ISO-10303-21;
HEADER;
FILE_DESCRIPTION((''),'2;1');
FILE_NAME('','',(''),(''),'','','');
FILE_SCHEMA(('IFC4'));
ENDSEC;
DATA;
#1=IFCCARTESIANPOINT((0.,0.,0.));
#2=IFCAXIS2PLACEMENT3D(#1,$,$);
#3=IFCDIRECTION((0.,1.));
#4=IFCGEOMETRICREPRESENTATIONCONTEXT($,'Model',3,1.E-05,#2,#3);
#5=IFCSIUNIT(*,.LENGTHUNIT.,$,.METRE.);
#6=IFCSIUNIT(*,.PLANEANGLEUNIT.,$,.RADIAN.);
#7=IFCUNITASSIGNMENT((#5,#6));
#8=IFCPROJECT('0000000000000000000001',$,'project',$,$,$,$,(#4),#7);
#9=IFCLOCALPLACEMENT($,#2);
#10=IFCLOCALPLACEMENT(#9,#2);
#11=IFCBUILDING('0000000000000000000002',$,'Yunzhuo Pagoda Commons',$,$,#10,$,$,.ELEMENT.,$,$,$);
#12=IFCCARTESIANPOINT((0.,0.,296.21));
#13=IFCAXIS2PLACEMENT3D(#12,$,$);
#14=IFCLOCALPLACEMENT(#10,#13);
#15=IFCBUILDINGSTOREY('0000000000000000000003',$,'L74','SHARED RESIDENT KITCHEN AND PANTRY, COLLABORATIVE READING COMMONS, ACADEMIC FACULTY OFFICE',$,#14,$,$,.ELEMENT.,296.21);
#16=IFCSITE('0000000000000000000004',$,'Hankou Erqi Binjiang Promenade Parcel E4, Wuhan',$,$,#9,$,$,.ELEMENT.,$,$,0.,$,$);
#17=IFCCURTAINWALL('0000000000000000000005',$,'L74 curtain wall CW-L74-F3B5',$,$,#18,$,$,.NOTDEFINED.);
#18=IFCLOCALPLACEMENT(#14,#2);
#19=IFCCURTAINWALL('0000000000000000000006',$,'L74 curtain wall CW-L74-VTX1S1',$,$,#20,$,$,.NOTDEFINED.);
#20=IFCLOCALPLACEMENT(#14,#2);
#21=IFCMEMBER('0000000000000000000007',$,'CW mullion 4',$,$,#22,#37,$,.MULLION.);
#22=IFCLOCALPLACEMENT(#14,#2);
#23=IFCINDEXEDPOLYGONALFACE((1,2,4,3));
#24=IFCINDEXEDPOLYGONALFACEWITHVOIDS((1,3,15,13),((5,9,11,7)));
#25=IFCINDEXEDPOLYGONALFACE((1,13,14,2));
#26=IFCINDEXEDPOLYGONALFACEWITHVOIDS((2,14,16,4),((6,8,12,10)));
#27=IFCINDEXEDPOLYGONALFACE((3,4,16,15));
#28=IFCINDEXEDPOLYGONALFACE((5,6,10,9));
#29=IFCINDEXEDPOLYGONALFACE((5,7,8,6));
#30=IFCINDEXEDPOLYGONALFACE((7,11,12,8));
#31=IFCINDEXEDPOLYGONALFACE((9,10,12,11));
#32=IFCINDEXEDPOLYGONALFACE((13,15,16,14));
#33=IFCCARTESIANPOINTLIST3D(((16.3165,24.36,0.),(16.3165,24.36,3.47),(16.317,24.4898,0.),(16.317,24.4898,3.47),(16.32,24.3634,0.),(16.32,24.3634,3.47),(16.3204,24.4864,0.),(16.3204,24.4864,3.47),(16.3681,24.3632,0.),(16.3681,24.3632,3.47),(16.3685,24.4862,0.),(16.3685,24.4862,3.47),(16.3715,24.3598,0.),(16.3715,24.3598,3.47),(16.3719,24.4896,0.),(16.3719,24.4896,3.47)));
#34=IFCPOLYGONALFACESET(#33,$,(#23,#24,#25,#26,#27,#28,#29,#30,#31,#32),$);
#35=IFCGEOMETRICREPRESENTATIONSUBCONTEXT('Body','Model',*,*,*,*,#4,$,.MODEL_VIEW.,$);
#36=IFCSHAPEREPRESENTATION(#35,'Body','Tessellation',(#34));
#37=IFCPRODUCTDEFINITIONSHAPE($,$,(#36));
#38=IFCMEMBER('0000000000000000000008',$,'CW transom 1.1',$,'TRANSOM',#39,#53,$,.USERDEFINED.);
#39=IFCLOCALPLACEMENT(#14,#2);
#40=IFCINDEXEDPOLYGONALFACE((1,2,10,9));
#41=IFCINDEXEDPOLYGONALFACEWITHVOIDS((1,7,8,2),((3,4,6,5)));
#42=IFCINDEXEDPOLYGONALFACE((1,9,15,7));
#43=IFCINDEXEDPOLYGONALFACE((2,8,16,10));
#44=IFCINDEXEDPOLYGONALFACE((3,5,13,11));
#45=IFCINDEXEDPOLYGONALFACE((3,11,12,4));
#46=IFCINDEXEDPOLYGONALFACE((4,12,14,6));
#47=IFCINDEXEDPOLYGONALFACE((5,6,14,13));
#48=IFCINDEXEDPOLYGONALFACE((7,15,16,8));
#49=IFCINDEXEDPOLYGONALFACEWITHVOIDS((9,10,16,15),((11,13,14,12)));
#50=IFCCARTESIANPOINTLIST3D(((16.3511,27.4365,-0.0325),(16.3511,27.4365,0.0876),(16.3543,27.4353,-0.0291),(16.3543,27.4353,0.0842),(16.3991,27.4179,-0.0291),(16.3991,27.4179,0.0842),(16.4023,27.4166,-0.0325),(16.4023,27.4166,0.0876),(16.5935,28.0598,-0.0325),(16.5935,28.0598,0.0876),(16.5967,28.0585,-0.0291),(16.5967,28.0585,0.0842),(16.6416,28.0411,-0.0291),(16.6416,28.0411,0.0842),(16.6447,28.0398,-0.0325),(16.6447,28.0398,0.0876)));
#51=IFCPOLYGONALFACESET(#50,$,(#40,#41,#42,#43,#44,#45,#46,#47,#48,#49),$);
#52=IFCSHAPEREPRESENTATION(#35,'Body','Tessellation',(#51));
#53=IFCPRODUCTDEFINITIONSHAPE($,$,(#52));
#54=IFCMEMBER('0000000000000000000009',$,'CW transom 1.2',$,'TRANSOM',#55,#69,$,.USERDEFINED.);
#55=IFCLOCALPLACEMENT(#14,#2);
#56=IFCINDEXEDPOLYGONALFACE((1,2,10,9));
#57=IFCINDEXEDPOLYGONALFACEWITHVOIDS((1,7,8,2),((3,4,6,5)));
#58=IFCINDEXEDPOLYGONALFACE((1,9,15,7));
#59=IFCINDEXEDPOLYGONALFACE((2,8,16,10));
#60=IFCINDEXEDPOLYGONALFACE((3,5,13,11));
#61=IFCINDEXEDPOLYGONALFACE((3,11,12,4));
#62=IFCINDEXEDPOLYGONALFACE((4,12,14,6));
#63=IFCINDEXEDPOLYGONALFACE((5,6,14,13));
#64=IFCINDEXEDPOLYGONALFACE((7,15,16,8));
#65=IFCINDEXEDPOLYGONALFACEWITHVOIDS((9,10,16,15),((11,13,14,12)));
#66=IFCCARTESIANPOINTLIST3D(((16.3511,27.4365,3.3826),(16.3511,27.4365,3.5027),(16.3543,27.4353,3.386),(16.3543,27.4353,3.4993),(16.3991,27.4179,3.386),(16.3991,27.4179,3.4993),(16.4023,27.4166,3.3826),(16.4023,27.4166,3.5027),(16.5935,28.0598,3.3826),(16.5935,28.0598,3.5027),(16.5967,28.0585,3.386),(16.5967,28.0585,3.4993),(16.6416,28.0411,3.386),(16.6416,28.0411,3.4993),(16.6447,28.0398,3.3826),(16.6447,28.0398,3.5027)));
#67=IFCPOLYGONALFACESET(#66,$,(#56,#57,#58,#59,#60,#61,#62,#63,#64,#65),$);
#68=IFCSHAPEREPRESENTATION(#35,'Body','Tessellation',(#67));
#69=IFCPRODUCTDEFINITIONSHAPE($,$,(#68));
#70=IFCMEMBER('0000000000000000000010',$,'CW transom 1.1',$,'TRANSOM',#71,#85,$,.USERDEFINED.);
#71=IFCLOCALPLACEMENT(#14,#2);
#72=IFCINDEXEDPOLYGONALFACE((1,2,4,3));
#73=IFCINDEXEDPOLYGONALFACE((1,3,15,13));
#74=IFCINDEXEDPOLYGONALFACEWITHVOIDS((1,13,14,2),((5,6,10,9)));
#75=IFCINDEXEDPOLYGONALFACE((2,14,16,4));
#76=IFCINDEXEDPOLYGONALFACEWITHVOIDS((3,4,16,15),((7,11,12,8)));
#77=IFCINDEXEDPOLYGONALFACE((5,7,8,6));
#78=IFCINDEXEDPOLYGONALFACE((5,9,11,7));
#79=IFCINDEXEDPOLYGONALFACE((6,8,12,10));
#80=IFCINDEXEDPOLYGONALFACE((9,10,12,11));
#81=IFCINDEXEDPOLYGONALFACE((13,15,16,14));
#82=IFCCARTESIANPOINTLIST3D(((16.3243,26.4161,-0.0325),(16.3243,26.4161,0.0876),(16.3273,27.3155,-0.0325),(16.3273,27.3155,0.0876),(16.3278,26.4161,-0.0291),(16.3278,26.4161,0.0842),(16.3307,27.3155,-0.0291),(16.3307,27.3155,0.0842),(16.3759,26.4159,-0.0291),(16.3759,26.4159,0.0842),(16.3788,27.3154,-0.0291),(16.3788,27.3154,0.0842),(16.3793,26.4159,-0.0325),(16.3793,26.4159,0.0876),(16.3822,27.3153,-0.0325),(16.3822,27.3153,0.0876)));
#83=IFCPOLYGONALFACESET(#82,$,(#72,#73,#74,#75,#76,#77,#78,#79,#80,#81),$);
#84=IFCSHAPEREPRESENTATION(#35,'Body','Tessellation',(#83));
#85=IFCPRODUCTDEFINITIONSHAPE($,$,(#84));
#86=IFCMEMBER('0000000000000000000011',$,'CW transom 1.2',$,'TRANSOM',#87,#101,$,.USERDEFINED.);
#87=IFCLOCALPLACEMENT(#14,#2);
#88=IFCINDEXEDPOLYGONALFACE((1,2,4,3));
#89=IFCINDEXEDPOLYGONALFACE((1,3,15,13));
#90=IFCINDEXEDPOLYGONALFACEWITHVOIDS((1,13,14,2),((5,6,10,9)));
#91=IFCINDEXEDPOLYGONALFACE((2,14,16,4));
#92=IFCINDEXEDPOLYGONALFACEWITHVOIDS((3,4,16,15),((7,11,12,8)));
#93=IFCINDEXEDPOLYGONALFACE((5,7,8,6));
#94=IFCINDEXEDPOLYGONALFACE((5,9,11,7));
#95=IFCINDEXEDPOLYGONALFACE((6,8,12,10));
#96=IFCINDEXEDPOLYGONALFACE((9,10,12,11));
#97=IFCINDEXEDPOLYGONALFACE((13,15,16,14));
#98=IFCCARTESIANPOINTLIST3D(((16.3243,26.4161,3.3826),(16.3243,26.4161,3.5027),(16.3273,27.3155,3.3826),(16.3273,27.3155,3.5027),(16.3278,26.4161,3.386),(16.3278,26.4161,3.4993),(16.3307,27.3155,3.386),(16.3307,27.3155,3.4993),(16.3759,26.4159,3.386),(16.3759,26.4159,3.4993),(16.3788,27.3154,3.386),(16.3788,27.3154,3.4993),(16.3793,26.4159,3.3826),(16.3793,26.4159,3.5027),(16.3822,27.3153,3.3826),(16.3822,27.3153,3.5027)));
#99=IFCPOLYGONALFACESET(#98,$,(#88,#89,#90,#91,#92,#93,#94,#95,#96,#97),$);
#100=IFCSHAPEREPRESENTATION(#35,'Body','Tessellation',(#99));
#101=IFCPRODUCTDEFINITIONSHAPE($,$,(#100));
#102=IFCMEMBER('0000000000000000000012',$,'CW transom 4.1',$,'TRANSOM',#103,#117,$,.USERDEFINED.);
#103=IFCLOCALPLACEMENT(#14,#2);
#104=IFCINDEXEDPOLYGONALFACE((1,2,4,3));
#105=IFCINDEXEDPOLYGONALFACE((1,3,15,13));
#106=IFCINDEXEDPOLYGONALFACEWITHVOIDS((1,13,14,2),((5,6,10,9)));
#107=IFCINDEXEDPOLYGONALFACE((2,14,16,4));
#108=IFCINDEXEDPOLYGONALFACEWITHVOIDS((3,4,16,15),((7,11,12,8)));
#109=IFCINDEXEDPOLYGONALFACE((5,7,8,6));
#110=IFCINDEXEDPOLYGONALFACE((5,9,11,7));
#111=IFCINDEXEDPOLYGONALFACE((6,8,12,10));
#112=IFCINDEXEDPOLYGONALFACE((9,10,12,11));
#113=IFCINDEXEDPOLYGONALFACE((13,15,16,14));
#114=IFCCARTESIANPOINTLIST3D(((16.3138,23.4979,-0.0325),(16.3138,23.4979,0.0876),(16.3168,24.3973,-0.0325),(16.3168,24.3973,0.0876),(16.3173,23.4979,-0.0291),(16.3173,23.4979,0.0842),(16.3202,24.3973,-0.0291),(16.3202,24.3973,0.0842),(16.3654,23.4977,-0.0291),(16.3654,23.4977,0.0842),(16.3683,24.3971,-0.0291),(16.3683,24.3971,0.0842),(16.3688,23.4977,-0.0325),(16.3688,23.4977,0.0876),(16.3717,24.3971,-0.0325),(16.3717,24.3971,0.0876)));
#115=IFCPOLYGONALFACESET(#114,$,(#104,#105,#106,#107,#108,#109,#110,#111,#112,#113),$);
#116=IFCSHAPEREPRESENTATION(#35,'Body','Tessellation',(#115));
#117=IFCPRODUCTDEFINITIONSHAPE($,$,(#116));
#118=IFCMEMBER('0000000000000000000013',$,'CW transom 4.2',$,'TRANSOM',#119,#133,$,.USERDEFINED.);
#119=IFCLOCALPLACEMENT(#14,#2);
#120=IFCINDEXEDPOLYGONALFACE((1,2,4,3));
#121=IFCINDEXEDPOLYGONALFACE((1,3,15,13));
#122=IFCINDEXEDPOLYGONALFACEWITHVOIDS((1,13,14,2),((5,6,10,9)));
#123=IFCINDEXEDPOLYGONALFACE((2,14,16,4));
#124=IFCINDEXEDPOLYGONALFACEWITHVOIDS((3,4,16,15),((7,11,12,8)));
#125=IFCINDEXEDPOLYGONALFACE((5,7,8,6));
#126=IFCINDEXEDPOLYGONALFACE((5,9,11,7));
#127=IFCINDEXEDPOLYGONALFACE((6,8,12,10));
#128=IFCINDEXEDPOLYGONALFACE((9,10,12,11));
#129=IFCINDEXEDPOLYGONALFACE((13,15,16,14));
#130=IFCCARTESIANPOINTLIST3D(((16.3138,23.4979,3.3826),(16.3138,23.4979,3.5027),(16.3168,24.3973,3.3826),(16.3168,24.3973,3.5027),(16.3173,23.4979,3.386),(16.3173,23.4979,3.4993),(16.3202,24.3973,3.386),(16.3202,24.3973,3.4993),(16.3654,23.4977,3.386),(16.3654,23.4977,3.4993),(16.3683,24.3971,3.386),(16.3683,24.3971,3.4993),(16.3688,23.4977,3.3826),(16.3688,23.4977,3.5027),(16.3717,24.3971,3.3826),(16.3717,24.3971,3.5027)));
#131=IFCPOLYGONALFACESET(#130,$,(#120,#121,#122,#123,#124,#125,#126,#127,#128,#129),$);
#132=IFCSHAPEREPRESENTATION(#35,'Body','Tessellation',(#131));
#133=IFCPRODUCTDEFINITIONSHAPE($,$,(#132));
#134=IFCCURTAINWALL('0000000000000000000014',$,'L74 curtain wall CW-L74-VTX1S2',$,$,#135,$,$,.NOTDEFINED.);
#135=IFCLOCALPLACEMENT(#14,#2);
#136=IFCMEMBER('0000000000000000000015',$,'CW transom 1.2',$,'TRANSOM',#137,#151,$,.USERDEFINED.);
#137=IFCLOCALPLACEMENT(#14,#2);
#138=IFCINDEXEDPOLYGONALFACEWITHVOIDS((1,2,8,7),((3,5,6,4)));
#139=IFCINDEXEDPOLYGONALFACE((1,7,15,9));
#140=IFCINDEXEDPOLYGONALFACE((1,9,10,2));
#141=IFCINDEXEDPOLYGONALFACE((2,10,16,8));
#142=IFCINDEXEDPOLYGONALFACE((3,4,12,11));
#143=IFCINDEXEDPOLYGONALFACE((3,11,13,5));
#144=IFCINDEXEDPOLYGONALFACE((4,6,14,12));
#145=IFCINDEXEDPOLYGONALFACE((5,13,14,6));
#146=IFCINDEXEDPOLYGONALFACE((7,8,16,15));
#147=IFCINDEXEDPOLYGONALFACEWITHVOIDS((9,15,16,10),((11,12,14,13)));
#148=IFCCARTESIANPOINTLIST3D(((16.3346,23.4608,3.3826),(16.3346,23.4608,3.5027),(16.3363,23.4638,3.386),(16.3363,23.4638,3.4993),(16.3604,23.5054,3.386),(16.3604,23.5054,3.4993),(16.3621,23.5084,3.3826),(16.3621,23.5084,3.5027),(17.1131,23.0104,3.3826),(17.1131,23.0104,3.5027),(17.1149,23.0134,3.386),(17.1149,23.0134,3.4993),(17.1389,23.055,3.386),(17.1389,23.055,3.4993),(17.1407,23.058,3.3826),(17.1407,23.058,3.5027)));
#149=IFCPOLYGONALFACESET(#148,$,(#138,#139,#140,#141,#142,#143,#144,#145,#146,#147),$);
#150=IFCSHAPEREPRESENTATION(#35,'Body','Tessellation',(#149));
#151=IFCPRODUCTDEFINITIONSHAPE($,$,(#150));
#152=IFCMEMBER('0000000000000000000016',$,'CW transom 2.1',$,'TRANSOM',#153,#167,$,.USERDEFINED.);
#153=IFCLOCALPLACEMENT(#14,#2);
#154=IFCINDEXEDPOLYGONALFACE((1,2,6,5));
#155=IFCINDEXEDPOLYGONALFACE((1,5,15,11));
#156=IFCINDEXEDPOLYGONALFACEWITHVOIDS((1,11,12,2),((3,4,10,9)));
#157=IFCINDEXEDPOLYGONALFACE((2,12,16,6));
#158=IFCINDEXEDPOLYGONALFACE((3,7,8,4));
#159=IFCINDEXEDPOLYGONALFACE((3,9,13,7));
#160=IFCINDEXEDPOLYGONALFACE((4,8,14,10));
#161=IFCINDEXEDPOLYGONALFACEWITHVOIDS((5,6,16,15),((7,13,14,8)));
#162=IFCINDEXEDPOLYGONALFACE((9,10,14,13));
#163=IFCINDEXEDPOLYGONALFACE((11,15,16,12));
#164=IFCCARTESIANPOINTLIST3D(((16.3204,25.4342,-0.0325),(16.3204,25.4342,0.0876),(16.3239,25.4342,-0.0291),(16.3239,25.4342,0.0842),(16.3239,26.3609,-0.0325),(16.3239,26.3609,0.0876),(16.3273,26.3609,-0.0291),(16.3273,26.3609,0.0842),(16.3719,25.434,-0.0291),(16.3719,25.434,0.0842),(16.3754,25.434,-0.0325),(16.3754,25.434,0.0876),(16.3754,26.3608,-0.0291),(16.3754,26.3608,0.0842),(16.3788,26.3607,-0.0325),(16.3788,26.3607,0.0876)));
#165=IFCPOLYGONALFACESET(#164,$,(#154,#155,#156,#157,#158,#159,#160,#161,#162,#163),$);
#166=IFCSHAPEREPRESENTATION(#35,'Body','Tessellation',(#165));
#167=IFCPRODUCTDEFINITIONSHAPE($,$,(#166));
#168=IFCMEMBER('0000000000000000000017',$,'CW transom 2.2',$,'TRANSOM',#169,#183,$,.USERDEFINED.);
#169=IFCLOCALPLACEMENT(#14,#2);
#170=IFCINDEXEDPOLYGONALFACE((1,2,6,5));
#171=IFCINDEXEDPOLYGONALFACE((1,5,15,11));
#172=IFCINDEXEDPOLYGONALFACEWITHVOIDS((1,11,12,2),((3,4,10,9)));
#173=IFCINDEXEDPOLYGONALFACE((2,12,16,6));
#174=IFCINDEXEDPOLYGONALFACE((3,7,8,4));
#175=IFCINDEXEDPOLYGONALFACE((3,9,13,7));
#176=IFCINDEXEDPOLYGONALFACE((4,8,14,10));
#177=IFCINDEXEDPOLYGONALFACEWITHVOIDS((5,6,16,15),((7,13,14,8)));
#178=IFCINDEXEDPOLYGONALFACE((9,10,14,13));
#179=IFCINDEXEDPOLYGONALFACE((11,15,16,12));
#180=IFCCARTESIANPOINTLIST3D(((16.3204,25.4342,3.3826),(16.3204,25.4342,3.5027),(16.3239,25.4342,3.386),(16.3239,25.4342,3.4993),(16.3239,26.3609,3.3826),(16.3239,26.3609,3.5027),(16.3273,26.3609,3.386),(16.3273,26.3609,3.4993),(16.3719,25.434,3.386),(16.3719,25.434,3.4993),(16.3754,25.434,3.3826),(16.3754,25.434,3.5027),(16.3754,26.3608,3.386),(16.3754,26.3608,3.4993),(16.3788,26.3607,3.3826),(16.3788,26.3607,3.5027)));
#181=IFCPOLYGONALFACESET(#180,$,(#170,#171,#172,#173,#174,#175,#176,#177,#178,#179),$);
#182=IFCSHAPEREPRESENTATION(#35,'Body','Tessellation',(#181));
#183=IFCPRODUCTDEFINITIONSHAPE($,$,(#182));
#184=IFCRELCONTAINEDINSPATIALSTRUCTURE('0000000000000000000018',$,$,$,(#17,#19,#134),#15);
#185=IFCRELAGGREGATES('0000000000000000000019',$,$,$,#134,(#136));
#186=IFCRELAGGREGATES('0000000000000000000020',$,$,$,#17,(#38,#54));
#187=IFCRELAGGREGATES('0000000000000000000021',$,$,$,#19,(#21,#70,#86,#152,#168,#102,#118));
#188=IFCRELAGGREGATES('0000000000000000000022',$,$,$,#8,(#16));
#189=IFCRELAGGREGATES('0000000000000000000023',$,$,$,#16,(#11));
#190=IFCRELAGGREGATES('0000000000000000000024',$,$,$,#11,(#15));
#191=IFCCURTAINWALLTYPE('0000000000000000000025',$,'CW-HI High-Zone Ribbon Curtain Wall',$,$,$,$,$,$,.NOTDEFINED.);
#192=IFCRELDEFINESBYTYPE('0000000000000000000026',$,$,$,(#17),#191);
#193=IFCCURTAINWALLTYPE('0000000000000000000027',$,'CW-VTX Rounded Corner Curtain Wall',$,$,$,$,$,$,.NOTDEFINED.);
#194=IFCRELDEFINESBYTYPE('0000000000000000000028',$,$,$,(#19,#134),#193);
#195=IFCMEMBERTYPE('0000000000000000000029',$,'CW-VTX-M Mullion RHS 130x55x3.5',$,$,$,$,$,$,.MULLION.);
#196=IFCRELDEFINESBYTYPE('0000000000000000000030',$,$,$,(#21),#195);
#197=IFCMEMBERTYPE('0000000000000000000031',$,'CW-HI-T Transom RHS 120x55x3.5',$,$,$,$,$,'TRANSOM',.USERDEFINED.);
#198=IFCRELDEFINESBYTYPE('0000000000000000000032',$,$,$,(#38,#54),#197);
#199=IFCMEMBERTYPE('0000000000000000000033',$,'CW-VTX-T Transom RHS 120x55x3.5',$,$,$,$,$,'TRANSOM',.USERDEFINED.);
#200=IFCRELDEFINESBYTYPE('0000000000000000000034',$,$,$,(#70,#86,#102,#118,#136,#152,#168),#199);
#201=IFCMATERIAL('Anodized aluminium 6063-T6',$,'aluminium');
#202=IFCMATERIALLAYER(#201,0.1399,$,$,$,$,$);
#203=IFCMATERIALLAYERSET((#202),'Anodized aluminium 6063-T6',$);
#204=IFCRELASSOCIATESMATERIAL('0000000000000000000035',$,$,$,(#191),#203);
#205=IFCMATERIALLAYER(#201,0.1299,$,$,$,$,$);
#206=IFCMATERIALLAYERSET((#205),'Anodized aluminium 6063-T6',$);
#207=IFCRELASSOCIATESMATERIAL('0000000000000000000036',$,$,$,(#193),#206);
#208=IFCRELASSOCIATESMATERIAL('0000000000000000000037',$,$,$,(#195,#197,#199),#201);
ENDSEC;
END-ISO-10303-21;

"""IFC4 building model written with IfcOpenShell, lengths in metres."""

from ifc_helpers import new_model, si_unit, direction, frame, origin, origin_2d, place, context, subcontext, project, spatial, hollow_rectangle, extrude, source, transform, mapped, material, layer, layer_set, material_profile, profile_set, type_object, element, aggregate, save


model = new_model("IFC4")

# Units and contexts
model_context = context("Model", 3, precision=1e-05, world=origin(), true_north=direction((0.0, 1.0)))
body_context = subcontext(model_context, "Body", "Model", "MODEL_VIEW")
ifc_project = project(units=[si_unit("LENGTHUNIT", "METRE"), si_unit("PLANEANGLEUNIT", "RADIAN")], contexts=[model_context])

# Site, building, storey
site_placement = place(None, origin())
site = spatial("IfcSite", under=ifc_project, at=site_placement, Name="Hankou Erqi Binjiang Promenade Parcel E4, Wuhan", CompositionType="ELEMENT", RefElevation=0.0)
building_placement = place(site_placement, origin())
building = spatial("IfcBuilding", under=site, at=building_placement, Name="Yunzhuo Pagoda Commons", CompositionType="ELEMENT")
storey_placement = place(building_placement, frame((0.0, 0.0, 296.21)))
storey = spatial("IfcBuildingStorey", under=building, at=storey_placement, Name="L74", Description="SHARED RESIDENT KITCHEN AND PANTRY, COLLABORATIVE READING COMMONS, ACADEMIC FACULTY OFFICE", CompositionType="ELEMENT", Elevation=296.21)

# Shared definitions
ifc_material_1 = material(Name="Anodized aluminium 6063-T6", Category="aluminium")
ifc_layer_1 = layer(ifc_material_1, 0.1399)
ifc_layer_set_1 = layer_set([ifc_layer_1], Name="Anodized aluminium 6063-T6")
curtain_wall_type_1 = type_object("IfcCurtainWallType", Name="CW-HI High-Zone Ribbon Curtain Wall", PredefinedType="NOTDEFINED", material=ifc_layer_set_1)

# Curtain walls, member
curtain_wall_1_placement = place(storey_placement, origin())
curtain_wall_1 = element("IfcCurtainWall", 1, at=curtain_wall_1_placement, inside=storey, type_object=curtain_wall_type_1, Name="L74 curtain wall CW-L74-F3B5", PredefinedType="NOTDEFINED")
ifc_layer_2 = layer(ifc_material_1, 0.1299)
ifc_layer_set_2 = layer_set([ifc_layer_2], Name="Anodized aluminium 6063-T6")
curtain_wall_type_2 = type_object("IfcCurtainWallType", Name="CW-VTX Rounded Corner Curtain Wall", PredefinedType="NOTDEFINED", material=ifc_layer_set_2)
curtain_wall_2_placement = place(storey_placement, origin())
curtain_wall_2 = element("IfcCurtainWall", 2, at=curtain_wall_2_placement, inside=storey, type_object=curtain_wall_type_2, Name="L74 curtain wall CW-L74-VTX1S1", PredefinedType="NOTDEFINED")
ifc_material_profile_1 = material_profile(ifc_material_1, hollow_rectangle(XDim=0.0549, YDim=0.1299, WallThickness=0.0034, at=origin_2d()), Name="Anodized aluminium 6063-T6")
ifc_profile_set_1 = profile_set([ifc_material_profile_1], Name="Anodized aluminium 6063-T6")
member_type_1 = type_object("IfcMemberType", Name="CW-VTX-M Mullion RHS 130x55x3.5", PredefinedType="MULLION", material=ifc_profile_set_1)
shared_shape_1 = source(origin(), body_context, "Body", "SweptSolid", [
    extrude(hollow_rectangle(XDim=0.0549, YDim=0.1299, WallThickness=0.0034, at=origin_2d()), origin(), (0.0, 0.0, 1.0), 3.47),
])
member_1_placement = place(storey_placement, frame((16.3442, 24.4248, 0.0), z_axis=(0.0, 0.0, 1.0), x_axis=(0.999994, -0.00359, 0.0)))
member_1 = element("IfcMember", 3, at=member_1_placement, type_object=member_type_1, Name="CW mullion 4", PredefinedType="MULLION", context=body_context, shape_type="MappedRepresentation", body=[
    mapped(shared_shape_1, transform((0.0, 0.0, 0.0), scale=1.0)),
])

# Members
ifc_material_profile_2 = material_profile(ifc_material_1, hollow_rectangle(XDim=0.0549, YDim=0.1201, WallThickness=0.0034, at=origin_2d()), Name="Anodized aluminium 6063-T6")
ifc_profile_set_2 = profile_set([ifc_material_profile_2], Name="Anodized aluminium 6063-T6")
member_type_2 = type_object("IfcMemberType", Name="CW-HI-T Transom RHS 120x55x3.5", ElementType="TRANSOM", PredefinedType="USERDEFINED", material=ifc_profile_set_2)
shared_shape_2 = source(origin(), body_context, "Body", "SweptSolid", [
    extrude(hollow_rectangle(XDim=0.0549, YDim=0.1201, WallThickness=0.0034, at=origin_2d()), origin(), (0.0, 0.0, 1.0), 0.6687),
])
member_2_placement = place(storey_placement, frame((16.6191, 28.0498, 0.0276), z_axis=(-0.362499, -0.931984, 0.0), x_axis=(0.931984, -0.362499, 0.0)))
member_2 = element("IfcMember", 4, at=member_2_placement, type_object=member_type_2, Name="CW transom 1.1", ObjectType="TRANSOM", PredefinedType="USERDEFINED", context=body_context, shape_type="MappedRepresentation", body=[
    mapped(shared_shape_2, transform((0.0, 0.0, 0.0), scale=1.0)),
])
member_3_placement = place(storey_placement, frame((16.6191, 28.0498, 3.4426), z_axis=(-0.362499, -0.931984, 0.0), x_axis=(0.931984, -0.362499, 0.0)))
member_3 = element("IfcMember", 5, at=member_3_placement, type_object=member_type_2, Name="CW transom 1.2", ObjectType="TRANSOM", PredefinedType="USERDEFINED", context=body_context, shape_type="MappedRepresentation", body=[
    mapped(shared_shape_2, transform((0.0, 0.0, 0.0), scale=1.0)),
])
ifc_material_profile_3 = material_profile(ifc_material_1, hollow_rectangle(XDim=0.0549, YDim=0.1201, WallThickness=0.0034, at=origin_2d()), Name="Anodized aluminium 6063-T6")
ifc_profile_set_3 = profile_set([ifc_material_profile_3], Name="Anodized aluminium 6063-T6")
member_type_3 = type_object("IfcMemberType", Name="CW-VTX-T Transom RHS 120x55x3.5", ElementType="TRANSOM", PredefinedType="USERDEFINED", material=ifc_profile_set_3)
shared_shape_3 = source(origin(), body_context, "Body", "SweptSolid", [
    extrude(hollow_rectangle(XDim=0.0549, YDim=0.1201, WallThickness=0.0034, at=origin_2d()), origin(), (0.0, 0.0, 1.0), 0.8994),
])
member_4_placement = place(storey_placement, frame((16.3547, 27.3154, 0.0276), z_axis=(-0.003257, -0.999995, 0.0), x_axis=(0.999995, -0.003257, 0.0)))
member_4 = element("IfcMember", 6, at=member_4_placement, type_object=member_type_3, Name="CW transom 1.1", ObjectType="TRANSOM", PredefinedType="USERDEFINED", context=body_context, shape_type="MappedRepresentation", body=[
    mapped(shared_shape_3, transform((0.0, 0.0, 0.0), scale=1.0)),
])
member_5_placement = place(storey_placement, frame((16.3547, 27.3154, 3.4426), z_axis=(-0.003257, -0.999995, 0.0), x_axis=(0.999995, -0.003257, 0.0)))
member_5 = element("IfcMember", 7, at=member_5_placement, type_object=member_type_3, Name="CW transom 1.2", ObjectType="TRANSOM", PredefinedType="USERDEFINED", context=body_context, shape_type="MappedRepresentation", body=[
    mapped(shared_shape_3, transform((0.0, 0.0, 0.0), scale=1.0)),
])
member_6_placement = place(storey_placement, frame((16.3442, 24.3972, 0.0276), z_axis=(-0.003257, -0.999995, 0.0), x_axis=(0.999995, -0.003257, 0.0)))
member_6 = element("IfcMember", 8, at=member_6_placement, type_object=member_type_3, Name="CW transom 4.1", ObjectType="TRANSOM", PredefinedType="USERDEFINED", context=body_context, shape_type="MappedRepresentation", body=[
    mapped(shared_shape_3, transform((0.0, 0.0, 0.0), scale=1.0)),
])
member_7_placement = place(storey_placement, frame((16.3442, 24.3972, 3.4426), z_axis=(-0.003257, -0.999995, 0.0), x_axis=(0.999995, -0.003257, 0.0)))
member_7 = element("IfcMember", 9, at=member_7_placement, type_object=member_type_3, Name="CW transom 4.2", ObjectType="TRANSOM", PredefinedType="USERDEFINED", context=body_context, shape_type="MappedRepresentation", body=[
    mapped(shared_shape_3, transform((0.0, 0.0, 0.0), scale=1.0)),
])

# Curtain wall, member
curtain_wall_3_placement = place(storey_placement, origin())
curtain_wall_3 = element("IfcCurtainWall", 10, at=curtain_wall_3_placement, inside=storey, type_object=curtain_wall_type_2, Name="L74 curtain wall CW-L74-VTX1S2", PredefinedType="NOTDEFINED")
member_8_placement = place(storey_placement, frame((16.3484, 23.4846, 3.4426), z_axis=(0.865575, -0.500779, 0.0), x_axis=(0.500779, 0.865575, 0.0)))
member_8 = element("IfcMember", 11, at=member_8_placement, type_object=member_type_3, Name="CW transom 1.2", ObjectType="TRANSOM", PredefinedType="USERDEFINED", context=body_context, shape_type="MappedRepresentation", body=[
    mapped(shared_shape_3, transform((0.0, 0.0, 0.0), scale=1.0)),
])
aggregate(curtain_wall_3, [member_8])

# Members
shared_shape_4 = source(origin(), body_context, "Body", "SweptSolid", [
    extrude(hollow_rectangle(XDim=0.0549, YDim=0.1201, WallThickness=0.0034, at=origin_2d()), origin(), (0.0, 0.0, 1.0), 0.9268),
])
member_9_placement = place(storey_placement, frame((16.3513, 26.3608, 0.0276), z_axis=(-0.003688, -0.999993, 0.0), x_axis=(0.999993, -0.003688, 0.0)))
member_9 = element("IfcMember", 12, at=member_9_placement, type_object=member_type_3, Name="CW transom 2.1", ObjectType="TRANSOM", PredefinedType="USERDEFINED", context=body_context, shape_type="MappedRepresentation", body=[
    mapped(shared_shape_4, transform((0.0, 0.0, 0.0), scale=1.0)),
])
member_10_placement = place(storey_placement, frame((16.3513, 26.3608, 3.4426), z_axis=(-0.003688, -0.999993, 0.0), x_axis=(0.999993, -0.003688, 0.0)))
member_10 = element("IfcMember", 13, at=member_10_placement, type_object=member_type_3, Name="CW transom 2.2", ObjectType="TRANSOM", PredefinedType="USERDEFINED", context=body_context, shape_type="MappedRepresentation", body=[
    mapped(shared_shape_4, transform((0.0, 0.0, 0.0), scale=1.0)),
])

aggregate(curtain_wall_1, [member_2, member_3])
aggregate(curtain_wall_2, [member_1, member_4, member_5, member_9, member_10, member_6, member_7])

save(model, "model.ifc")
